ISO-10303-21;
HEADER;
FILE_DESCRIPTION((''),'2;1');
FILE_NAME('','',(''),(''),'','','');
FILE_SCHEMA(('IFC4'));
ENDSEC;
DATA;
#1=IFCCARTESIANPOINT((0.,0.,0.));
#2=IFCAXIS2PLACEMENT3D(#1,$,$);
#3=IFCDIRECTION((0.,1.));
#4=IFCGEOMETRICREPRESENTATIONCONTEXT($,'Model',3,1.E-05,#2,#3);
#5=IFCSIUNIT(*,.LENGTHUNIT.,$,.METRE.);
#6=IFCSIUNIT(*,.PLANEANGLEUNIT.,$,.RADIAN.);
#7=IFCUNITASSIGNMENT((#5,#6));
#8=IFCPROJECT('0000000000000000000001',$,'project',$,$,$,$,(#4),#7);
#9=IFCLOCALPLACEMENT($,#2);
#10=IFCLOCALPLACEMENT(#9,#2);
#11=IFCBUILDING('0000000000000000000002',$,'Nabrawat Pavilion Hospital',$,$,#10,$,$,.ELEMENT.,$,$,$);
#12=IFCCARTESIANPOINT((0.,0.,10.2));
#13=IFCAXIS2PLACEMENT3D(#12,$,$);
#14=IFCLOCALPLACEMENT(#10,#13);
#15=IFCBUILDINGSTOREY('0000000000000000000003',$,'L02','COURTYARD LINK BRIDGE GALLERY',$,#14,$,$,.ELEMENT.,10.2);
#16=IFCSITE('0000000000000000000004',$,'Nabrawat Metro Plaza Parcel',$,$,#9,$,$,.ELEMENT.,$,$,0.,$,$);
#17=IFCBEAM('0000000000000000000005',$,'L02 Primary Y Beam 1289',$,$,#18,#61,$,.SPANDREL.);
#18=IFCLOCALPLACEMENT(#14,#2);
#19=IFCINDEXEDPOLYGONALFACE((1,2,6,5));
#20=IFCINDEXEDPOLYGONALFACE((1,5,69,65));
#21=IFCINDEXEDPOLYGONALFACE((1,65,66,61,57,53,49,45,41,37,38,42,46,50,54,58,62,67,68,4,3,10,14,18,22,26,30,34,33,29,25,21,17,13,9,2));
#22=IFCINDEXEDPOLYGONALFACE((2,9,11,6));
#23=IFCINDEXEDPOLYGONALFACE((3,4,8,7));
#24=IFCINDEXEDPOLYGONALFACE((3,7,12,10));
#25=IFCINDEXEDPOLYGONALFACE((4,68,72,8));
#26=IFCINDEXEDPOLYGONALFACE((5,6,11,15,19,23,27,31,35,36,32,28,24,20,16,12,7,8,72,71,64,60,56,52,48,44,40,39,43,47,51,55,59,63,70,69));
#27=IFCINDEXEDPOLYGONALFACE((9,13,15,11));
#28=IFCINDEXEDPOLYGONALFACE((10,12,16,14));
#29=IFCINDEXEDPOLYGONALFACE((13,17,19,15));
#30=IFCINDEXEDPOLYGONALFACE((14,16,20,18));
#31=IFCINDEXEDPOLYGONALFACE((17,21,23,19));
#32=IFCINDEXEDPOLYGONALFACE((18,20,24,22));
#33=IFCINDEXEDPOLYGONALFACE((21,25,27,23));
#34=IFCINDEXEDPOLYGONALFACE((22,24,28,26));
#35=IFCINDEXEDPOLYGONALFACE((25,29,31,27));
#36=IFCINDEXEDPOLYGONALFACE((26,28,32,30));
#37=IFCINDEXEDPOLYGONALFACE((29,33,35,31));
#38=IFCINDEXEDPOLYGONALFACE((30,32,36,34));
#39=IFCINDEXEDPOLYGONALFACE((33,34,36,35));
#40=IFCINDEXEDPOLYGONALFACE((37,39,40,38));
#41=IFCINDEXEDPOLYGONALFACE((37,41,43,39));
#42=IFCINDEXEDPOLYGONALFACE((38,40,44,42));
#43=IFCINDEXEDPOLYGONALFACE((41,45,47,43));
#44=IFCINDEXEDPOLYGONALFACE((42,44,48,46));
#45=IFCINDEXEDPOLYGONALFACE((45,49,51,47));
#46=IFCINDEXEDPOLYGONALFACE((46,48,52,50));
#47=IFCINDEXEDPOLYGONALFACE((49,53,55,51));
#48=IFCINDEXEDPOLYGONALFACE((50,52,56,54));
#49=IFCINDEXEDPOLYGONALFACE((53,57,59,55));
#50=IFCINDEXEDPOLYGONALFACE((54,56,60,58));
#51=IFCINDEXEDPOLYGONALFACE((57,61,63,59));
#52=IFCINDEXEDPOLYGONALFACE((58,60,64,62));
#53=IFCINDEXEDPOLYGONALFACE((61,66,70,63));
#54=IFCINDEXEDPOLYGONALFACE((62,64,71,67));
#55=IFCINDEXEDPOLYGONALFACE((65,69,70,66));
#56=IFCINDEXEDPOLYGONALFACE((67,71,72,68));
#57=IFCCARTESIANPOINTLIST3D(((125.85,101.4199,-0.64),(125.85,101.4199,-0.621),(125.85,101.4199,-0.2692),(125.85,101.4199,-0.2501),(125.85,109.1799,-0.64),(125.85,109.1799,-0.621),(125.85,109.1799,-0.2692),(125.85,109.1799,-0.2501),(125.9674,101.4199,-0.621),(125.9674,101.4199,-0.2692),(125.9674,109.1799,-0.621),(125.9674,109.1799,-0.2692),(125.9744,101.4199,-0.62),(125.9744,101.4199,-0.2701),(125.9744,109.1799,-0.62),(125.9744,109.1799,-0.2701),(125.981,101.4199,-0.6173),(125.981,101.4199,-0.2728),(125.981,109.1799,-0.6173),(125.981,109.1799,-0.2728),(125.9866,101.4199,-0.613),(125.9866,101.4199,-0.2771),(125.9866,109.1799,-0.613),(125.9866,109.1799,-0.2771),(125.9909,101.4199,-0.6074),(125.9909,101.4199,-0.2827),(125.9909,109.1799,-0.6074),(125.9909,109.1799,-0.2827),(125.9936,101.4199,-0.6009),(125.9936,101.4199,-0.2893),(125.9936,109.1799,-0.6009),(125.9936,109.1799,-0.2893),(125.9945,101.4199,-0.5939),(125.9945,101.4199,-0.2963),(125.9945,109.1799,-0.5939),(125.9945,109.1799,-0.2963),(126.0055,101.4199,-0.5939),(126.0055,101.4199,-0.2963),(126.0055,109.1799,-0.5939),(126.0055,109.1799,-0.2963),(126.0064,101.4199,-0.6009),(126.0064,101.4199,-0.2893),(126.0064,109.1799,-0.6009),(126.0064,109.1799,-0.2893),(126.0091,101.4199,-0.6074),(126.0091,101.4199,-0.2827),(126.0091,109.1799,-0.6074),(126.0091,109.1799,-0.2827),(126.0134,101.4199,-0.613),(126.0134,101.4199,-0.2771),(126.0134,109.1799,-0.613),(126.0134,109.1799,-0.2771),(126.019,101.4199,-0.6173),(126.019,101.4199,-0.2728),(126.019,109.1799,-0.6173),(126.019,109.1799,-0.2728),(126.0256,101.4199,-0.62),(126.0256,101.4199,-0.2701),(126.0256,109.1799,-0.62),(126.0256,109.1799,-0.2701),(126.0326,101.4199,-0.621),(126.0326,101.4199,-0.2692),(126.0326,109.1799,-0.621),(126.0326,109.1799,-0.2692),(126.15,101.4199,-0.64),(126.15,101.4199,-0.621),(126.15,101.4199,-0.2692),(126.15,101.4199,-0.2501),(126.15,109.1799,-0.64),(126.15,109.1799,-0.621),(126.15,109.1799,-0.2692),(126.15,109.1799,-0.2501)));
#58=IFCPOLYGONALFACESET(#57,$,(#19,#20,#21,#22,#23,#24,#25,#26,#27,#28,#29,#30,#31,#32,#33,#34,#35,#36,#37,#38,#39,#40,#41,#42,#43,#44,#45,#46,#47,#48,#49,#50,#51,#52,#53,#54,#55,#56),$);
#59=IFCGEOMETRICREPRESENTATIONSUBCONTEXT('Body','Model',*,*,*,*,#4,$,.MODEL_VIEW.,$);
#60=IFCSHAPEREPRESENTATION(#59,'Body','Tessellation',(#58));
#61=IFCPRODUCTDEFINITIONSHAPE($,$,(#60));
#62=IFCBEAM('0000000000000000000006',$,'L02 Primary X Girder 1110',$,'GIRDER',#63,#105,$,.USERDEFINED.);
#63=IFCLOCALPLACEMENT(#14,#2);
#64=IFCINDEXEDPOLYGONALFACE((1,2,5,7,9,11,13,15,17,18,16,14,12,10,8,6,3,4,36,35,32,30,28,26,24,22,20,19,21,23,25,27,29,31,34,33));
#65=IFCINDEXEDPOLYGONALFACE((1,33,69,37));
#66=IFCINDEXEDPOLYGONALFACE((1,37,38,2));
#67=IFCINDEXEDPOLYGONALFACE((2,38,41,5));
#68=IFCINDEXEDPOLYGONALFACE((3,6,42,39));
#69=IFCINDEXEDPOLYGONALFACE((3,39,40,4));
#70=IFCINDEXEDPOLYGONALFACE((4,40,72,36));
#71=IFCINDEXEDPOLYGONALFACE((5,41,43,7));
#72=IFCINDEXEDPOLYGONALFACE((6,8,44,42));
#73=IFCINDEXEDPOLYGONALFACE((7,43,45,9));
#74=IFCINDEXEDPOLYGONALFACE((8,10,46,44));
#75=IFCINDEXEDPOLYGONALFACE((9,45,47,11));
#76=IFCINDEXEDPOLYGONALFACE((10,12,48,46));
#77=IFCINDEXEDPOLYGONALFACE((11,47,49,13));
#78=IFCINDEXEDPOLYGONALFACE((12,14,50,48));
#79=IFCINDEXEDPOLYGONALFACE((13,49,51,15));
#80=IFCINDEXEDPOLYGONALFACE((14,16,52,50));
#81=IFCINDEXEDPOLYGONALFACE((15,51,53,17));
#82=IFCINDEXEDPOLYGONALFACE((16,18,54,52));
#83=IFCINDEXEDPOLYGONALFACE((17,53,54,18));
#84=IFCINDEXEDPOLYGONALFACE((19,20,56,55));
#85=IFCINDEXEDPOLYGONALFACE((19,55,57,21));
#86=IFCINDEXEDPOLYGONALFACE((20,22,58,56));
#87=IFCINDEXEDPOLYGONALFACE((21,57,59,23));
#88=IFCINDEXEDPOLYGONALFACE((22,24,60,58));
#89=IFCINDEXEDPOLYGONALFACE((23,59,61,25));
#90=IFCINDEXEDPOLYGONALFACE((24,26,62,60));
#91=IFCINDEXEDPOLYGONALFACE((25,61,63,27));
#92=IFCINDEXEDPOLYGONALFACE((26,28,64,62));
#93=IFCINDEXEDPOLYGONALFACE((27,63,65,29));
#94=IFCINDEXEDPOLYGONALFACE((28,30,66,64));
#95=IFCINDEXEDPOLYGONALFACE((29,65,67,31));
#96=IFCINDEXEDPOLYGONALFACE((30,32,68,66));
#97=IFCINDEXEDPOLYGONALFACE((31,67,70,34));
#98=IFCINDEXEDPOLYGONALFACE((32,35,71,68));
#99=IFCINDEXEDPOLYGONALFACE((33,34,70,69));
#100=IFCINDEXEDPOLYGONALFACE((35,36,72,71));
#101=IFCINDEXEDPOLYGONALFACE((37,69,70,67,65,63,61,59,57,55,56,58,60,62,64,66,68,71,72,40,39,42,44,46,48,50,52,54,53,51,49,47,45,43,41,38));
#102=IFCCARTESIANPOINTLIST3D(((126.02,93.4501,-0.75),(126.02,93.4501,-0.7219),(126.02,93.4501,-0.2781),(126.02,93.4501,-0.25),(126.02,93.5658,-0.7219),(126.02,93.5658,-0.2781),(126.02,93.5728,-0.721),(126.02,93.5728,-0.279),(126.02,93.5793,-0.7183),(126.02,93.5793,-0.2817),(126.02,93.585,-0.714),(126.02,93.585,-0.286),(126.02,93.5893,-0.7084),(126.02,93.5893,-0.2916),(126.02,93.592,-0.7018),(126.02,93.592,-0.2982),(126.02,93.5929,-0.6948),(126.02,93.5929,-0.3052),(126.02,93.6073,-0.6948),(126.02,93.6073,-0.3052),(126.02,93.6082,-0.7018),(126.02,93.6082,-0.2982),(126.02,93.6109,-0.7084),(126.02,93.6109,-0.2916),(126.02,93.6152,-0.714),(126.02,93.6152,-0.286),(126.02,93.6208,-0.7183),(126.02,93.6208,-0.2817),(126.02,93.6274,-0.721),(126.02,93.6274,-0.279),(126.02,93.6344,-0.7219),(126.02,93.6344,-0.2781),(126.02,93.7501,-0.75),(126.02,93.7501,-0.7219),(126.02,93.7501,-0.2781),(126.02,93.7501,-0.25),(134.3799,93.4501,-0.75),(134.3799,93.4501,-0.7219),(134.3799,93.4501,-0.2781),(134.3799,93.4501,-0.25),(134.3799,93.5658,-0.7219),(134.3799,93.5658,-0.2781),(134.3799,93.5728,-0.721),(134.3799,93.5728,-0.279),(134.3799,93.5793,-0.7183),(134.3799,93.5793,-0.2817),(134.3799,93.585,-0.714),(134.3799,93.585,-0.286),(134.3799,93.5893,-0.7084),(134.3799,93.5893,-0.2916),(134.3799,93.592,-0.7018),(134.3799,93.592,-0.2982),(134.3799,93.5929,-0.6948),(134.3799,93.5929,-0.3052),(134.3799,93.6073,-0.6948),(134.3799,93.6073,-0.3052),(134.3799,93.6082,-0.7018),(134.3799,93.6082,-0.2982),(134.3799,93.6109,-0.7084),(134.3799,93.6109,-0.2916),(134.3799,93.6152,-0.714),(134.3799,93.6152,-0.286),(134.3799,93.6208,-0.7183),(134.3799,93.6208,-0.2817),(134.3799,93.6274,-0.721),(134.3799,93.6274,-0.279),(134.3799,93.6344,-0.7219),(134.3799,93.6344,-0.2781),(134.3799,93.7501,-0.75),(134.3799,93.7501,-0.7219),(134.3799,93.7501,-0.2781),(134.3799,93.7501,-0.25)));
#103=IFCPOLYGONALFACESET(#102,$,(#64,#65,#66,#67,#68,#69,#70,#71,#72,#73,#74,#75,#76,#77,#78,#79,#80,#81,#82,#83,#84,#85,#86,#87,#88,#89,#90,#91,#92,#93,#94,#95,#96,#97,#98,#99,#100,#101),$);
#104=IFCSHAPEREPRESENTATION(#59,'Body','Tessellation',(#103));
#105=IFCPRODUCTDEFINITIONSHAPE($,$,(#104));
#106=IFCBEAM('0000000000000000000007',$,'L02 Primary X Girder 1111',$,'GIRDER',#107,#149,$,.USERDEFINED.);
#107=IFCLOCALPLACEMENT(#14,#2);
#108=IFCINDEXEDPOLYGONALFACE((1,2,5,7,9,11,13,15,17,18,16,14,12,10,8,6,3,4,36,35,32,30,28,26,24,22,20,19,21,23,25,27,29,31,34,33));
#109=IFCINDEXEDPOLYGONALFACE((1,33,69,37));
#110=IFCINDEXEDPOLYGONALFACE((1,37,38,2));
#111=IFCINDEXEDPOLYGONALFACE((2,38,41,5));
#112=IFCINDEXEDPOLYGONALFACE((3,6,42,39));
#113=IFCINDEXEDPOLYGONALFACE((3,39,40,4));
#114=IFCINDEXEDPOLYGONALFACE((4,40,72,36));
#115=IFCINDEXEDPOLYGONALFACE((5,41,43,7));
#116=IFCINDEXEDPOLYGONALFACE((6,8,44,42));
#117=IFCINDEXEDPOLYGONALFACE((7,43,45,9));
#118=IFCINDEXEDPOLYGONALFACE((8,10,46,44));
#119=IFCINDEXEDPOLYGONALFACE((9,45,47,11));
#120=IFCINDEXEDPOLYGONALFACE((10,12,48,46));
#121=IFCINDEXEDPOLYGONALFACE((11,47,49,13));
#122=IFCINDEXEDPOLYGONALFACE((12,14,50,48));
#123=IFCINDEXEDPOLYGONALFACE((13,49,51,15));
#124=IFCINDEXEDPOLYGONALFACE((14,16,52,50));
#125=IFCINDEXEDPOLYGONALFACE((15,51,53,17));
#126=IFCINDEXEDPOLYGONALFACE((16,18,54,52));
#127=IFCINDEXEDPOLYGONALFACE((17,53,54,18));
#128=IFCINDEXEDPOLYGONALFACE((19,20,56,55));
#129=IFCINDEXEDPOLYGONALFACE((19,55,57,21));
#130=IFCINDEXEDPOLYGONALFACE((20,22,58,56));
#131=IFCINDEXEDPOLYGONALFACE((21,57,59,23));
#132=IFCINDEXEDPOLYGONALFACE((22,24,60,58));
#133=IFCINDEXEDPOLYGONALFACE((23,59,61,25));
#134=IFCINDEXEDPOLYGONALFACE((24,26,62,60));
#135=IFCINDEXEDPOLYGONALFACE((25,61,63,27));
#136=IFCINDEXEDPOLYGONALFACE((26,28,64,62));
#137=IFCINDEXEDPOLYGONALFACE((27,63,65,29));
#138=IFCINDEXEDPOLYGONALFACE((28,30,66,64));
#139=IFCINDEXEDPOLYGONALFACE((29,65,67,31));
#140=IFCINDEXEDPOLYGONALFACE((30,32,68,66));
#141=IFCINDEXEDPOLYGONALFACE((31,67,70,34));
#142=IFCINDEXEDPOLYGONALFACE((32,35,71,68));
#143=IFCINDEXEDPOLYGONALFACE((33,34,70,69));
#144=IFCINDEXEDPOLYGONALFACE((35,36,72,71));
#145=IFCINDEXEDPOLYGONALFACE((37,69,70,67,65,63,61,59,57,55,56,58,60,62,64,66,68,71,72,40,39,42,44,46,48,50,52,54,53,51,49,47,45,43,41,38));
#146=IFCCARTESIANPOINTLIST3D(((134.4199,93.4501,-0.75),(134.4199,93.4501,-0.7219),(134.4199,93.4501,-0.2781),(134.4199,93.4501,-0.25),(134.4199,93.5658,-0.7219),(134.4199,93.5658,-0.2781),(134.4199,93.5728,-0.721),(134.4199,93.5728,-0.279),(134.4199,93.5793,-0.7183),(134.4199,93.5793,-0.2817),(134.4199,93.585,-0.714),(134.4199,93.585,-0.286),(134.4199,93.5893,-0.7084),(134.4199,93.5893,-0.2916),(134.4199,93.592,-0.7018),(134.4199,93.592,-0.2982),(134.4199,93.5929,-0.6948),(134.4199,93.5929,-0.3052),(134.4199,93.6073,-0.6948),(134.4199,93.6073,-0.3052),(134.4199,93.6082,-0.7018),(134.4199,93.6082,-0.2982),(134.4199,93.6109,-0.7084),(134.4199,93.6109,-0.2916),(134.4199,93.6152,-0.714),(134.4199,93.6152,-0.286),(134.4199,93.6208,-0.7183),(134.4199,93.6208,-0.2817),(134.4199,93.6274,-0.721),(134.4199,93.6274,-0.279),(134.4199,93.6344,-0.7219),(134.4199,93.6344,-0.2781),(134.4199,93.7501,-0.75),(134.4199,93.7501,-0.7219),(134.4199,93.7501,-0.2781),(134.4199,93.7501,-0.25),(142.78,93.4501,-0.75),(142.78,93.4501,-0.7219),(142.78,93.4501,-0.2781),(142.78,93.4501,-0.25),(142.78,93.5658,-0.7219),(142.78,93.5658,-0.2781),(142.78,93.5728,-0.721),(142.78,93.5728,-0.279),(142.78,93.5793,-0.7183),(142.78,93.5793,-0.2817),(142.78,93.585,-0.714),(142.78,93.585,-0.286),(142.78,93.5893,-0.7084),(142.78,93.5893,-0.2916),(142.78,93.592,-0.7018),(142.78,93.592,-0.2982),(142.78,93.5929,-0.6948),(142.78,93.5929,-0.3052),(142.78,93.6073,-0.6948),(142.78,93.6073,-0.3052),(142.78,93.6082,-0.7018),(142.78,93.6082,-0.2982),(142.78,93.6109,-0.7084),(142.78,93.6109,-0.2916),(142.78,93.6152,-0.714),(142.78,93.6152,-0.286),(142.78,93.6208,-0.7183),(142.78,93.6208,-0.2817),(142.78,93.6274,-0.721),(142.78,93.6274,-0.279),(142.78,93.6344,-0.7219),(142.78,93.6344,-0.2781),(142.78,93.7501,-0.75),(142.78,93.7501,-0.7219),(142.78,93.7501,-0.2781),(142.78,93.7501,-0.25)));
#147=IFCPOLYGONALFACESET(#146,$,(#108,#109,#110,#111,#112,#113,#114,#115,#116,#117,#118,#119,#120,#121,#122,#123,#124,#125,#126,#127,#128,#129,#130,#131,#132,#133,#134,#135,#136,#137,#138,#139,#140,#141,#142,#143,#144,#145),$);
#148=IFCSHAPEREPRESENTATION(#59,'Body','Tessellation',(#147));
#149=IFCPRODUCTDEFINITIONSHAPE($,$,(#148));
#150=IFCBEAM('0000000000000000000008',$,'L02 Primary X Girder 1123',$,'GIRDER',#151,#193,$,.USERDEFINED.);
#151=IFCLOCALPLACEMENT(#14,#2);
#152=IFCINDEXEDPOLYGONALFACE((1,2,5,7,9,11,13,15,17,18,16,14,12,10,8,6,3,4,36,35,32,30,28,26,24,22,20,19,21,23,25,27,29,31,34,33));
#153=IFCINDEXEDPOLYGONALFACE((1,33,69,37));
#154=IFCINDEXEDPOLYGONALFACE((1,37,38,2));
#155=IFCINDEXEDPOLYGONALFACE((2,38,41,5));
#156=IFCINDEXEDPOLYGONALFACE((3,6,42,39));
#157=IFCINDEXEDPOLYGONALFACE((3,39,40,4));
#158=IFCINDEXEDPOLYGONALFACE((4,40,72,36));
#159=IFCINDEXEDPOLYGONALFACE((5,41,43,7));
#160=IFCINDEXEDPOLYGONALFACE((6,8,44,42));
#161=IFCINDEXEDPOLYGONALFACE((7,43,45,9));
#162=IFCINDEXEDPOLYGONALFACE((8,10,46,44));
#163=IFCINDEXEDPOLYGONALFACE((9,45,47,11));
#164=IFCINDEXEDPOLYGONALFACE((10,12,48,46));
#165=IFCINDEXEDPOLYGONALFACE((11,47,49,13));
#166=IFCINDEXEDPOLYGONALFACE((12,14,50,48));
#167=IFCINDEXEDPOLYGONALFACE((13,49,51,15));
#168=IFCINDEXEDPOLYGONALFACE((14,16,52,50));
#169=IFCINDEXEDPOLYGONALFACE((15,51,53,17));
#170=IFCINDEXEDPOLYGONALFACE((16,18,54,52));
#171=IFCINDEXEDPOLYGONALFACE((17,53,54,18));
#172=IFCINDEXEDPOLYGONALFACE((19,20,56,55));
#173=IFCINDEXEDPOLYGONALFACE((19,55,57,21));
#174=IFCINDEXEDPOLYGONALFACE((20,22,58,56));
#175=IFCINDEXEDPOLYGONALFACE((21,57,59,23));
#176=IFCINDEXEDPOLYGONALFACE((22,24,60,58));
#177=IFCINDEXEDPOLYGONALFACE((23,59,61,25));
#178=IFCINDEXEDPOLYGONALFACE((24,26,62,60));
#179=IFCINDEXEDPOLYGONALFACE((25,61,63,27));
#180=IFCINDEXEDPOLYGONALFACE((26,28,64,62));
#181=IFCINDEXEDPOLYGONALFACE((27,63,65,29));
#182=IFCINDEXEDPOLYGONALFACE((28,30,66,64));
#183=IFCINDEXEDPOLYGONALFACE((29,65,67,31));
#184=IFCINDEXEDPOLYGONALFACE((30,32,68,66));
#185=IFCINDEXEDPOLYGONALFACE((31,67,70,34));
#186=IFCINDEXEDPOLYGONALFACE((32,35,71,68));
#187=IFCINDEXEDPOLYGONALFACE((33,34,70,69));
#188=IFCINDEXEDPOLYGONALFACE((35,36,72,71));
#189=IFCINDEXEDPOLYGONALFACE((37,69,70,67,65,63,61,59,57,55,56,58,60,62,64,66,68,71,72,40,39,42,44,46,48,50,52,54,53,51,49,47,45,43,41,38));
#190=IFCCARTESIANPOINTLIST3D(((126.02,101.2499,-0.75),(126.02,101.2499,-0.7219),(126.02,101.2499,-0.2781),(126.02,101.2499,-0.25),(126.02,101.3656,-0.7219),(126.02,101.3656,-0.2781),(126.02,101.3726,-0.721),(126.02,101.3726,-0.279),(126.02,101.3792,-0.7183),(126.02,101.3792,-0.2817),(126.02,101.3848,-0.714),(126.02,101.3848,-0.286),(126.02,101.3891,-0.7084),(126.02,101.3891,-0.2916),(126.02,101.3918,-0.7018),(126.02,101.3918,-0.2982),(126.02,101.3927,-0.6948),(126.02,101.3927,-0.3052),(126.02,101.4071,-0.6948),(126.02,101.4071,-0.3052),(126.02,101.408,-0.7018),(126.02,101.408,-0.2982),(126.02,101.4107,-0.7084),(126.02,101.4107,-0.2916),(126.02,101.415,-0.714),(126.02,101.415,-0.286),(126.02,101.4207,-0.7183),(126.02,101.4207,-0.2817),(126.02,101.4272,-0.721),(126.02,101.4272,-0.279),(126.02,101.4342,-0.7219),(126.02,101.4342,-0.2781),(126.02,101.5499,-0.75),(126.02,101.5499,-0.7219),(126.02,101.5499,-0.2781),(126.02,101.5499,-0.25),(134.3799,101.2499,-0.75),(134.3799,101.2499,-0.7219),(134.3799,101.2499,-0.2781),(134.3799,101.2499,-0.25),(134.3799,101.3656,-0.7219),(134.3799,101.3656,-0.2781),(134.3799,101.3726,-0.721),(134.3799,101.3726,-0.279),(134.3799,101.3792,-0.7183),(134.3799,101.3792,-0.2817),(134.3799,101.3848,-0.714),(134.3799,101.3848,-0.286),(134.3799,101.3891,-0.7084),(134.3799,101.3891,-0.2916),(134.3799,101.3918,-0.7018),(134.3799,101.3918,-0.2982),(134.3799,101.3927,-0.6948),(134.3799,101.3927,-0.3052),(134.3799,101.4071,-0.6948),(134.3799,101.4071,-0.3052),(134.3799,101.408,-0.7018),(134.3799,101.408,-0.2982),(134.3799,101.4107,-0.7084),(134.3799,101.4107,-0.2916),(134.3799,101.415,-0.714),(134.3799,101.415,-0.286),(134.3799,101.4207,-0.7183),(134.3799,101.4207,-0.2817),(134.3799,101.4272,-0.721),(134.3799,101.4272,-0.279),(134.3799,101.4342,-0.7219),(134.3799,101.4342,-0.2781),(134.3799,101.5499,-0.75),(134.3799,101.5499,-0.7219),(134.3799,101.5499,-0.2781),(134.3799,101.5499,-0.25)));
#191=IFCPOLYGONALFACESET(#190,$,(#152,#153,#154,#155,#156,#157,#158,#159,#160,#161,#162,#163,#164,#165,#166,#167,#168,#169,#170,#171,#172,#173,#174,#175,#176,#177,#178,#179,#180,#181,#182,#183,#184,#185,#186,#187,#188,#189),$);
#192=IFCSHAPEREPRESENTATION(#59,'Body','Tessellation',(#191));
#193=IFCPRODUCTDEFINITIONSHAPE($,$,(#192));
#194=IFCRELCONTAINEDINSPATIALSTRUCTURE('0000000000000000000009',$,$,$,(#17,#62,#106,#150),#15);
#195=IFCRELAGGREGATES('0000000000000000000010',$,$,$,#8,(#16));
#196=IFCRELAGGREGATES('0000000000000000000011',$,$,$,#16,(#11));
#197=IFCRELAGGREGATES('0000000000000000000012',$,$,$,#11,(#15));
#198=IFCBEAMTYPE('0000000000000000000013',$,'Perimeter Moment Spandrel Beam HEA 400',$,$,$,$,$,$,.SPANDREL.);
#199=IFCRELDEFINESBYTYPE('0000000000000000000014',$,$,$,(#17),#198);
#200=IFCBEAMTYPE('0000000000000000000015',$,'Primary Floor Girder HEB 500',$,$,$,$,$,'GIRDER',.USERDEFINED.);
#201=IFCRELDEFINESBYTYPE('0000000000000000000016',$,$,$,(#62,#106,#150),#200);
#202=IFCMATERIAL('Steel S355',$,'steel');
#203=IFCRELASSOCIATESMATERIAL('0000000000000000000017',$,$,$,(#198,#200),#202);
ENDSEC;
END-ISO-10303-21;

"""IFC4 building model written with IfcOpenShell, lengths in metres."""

from ifc_helpers import new_model, si_unit, direction, frame, origin, origin_2d, place, context, subcontext, project, spatial, i_section, extrude, material, material_profile, profile_set, type_object, element, save


model = new_model("IFC4")

# Units and contexts
model_context = context("Model", 3, precision=1e-05, world=origin(), true_north=direction((0.0, 1.0)))
body_context = subcontext(model_context, "Body", "Model", "MODEL_VIEW")
ifc_project = project(units=[si_unit("LENGTHUNIT", "METRE"), si_unit("PLANEANGLEUNIT", "RADIAN")], contexts=[model_context])

# Site, building, storey
site_placement = place(None, origin())
site = spatial("IfcSite", under=ifc_project, at=site_placement, Name="Nabrawat Metro Plaza Parcel", CompositionType="ELEMENT", RefElevation=0.0)
building_placement = place(site_placement, origin())
building = spatial("IfcBuilding", under=site, at=building_placement, Name="Nabrawat Pavilion Hospital", CompositionType="ELEMENT")
storey_placement = place(building_placement, frame((0.0, 0.0, 10.2)))
storey = spatial("IfcBuildingStorey", under=building, at=storey_placement, Name="L02", Description="COURTYARD LINK BRIDGE GALLERY", CompositionType="ELEMENT", Elevation=10.2)

# Shared definitions
ifc_material_1 = material(Name="Steel S355", Category="steel")

# Beams
ifc_material_profile_1 = material_profile(ifc_material_1, i_section(OverallWidth=0.3, OverallDepth=0.3899, WebThickness=0.011, FlangeThickness=0.019, FilletRadius=0.0271, at=origin_2d()), Name="HEA 400")
ifc_profile_set_1 = profile_set([ifc_material_profile_1], Name="Steel S355")
beam_type_1 = type_object("IfcBeamType", Name="Perimeter Moment Spandrel Beam HEA 400", PredefinedType="SPANDREL", material=ifc_profile_set_1)
beam_1_placement = place(storey_placement, frame((126.0, 101.4199, -0.4451), z_axis=(0.0, 1.0, 0.0), x_axis=(-1.0, 0.0, 0.0)))
element("IfcBeam", 1, at=beam_1_placement, inside=storey, type_object=beam_type_1, Name="L02 Primary Y Beam 1289", PredefinedType="SPANDREL", context=body_context, shape_type="SweptSolid", body=[
    extrude(i_section(OverallWidth=0.3, OverallDepth=0.3899, WebThickness=0.011, FlangeThickness=0.019, FilletRadius=0.0271, at=origin_2d()), origin(), (0.0, 0.0, 1.0), 7.76),
])
ifc_material_profile_2 = material_profile(ifc_material_1, i_section(OverallWidth=0.3, OverallDepth=0.5, WebThickness=0.0144, FlangeThickness=0.0281, FilletRadius=0.0271, at=origin_2d()), Name="HEB 500")
ifc_profile_set_2 = profile_set([ifc_material_profile_2], Name="Steel S355")
beam_type_2 = type_object("IfcBeamType", Name="Primary Floor Girder HEB 500", ElementType="GIRDER", PredefinedType="USERDEFINED", material=ifc_profile_set_2)
beam_2_placement = place(storey_placement, frame((126.02, 93.6001, -0.5), z_axis=(1.0, 0.0, 0.0), x_axis=(0.0, 1.0, 0.0)))
element("IfcBeam", 2, at=beam_2_placement, inside=storey, type_object=beam_type_2, Name="L02 Primary X Girder 1110", ObjectType="GIRDER", PredefinedType="USERDEFINED", context=body_context, shape_type="SweptSolid", body=[
    extrude(i_section(OverallWidth=0.3, OverallDepth=0.5, WebThickness=0.0144, FlangeThickness=0.0281, FilletRadius=0.0271, at=origin_2d()), origin(), (0.0, 0.0, 1.0), 8.3599),
])
beam_3_placement = place(storey_placement, frame((134.4199, 93.6001, -0.5), z_axis=(1.0, 0.0, 0.0), x_axis=(0.0, 1.0, 0.0)))
element("IfcBeam", 3, at=beam_3_placement, inside=storey, type_object=beam_type_2, Name="L02 Primary X Girder 1111", ObjectType="GIRDER", PredefinedType="USERDEFINED", context=body_context, shape_type="SweptSolid", body=[
    extrude(i_section(OverallWidth=0.3, OverallDepth=0.5, WebThickness=0.0144, FlangeThickness=0.0281, FilletRadius=0.0271, at=origin_2d()), origin(), (0.0, 0.0, 1.0), 8.3601),
])
beam_4_placement = place(storey_placement, frame((126.02, 101.3999, -0.5), z_axis=(1.0, 0.0, 0.0), x_axis=(0.0, 1.0, 0.0)))
element("IfcBeam", 4, at=beam_4_placement, inside=storey, type_object=beam_type_2, Name="L02 Primary X Girder 1123", ObjectType="GIRDER", PredefinedType="USERDEFINED", context=body_context, shape_type="SweptSolid", body=[
    extrude(i_section(OverallWidth=0.3, OverallDepth=0.5, WebThickness=0.0144, FlangeThickness=0.0281, FilletRadius=0.0271, at=origin_2d()), origin(), (0.0, 0.0, 1.0), 8.3599),
])

save(model, "model.ifc")
